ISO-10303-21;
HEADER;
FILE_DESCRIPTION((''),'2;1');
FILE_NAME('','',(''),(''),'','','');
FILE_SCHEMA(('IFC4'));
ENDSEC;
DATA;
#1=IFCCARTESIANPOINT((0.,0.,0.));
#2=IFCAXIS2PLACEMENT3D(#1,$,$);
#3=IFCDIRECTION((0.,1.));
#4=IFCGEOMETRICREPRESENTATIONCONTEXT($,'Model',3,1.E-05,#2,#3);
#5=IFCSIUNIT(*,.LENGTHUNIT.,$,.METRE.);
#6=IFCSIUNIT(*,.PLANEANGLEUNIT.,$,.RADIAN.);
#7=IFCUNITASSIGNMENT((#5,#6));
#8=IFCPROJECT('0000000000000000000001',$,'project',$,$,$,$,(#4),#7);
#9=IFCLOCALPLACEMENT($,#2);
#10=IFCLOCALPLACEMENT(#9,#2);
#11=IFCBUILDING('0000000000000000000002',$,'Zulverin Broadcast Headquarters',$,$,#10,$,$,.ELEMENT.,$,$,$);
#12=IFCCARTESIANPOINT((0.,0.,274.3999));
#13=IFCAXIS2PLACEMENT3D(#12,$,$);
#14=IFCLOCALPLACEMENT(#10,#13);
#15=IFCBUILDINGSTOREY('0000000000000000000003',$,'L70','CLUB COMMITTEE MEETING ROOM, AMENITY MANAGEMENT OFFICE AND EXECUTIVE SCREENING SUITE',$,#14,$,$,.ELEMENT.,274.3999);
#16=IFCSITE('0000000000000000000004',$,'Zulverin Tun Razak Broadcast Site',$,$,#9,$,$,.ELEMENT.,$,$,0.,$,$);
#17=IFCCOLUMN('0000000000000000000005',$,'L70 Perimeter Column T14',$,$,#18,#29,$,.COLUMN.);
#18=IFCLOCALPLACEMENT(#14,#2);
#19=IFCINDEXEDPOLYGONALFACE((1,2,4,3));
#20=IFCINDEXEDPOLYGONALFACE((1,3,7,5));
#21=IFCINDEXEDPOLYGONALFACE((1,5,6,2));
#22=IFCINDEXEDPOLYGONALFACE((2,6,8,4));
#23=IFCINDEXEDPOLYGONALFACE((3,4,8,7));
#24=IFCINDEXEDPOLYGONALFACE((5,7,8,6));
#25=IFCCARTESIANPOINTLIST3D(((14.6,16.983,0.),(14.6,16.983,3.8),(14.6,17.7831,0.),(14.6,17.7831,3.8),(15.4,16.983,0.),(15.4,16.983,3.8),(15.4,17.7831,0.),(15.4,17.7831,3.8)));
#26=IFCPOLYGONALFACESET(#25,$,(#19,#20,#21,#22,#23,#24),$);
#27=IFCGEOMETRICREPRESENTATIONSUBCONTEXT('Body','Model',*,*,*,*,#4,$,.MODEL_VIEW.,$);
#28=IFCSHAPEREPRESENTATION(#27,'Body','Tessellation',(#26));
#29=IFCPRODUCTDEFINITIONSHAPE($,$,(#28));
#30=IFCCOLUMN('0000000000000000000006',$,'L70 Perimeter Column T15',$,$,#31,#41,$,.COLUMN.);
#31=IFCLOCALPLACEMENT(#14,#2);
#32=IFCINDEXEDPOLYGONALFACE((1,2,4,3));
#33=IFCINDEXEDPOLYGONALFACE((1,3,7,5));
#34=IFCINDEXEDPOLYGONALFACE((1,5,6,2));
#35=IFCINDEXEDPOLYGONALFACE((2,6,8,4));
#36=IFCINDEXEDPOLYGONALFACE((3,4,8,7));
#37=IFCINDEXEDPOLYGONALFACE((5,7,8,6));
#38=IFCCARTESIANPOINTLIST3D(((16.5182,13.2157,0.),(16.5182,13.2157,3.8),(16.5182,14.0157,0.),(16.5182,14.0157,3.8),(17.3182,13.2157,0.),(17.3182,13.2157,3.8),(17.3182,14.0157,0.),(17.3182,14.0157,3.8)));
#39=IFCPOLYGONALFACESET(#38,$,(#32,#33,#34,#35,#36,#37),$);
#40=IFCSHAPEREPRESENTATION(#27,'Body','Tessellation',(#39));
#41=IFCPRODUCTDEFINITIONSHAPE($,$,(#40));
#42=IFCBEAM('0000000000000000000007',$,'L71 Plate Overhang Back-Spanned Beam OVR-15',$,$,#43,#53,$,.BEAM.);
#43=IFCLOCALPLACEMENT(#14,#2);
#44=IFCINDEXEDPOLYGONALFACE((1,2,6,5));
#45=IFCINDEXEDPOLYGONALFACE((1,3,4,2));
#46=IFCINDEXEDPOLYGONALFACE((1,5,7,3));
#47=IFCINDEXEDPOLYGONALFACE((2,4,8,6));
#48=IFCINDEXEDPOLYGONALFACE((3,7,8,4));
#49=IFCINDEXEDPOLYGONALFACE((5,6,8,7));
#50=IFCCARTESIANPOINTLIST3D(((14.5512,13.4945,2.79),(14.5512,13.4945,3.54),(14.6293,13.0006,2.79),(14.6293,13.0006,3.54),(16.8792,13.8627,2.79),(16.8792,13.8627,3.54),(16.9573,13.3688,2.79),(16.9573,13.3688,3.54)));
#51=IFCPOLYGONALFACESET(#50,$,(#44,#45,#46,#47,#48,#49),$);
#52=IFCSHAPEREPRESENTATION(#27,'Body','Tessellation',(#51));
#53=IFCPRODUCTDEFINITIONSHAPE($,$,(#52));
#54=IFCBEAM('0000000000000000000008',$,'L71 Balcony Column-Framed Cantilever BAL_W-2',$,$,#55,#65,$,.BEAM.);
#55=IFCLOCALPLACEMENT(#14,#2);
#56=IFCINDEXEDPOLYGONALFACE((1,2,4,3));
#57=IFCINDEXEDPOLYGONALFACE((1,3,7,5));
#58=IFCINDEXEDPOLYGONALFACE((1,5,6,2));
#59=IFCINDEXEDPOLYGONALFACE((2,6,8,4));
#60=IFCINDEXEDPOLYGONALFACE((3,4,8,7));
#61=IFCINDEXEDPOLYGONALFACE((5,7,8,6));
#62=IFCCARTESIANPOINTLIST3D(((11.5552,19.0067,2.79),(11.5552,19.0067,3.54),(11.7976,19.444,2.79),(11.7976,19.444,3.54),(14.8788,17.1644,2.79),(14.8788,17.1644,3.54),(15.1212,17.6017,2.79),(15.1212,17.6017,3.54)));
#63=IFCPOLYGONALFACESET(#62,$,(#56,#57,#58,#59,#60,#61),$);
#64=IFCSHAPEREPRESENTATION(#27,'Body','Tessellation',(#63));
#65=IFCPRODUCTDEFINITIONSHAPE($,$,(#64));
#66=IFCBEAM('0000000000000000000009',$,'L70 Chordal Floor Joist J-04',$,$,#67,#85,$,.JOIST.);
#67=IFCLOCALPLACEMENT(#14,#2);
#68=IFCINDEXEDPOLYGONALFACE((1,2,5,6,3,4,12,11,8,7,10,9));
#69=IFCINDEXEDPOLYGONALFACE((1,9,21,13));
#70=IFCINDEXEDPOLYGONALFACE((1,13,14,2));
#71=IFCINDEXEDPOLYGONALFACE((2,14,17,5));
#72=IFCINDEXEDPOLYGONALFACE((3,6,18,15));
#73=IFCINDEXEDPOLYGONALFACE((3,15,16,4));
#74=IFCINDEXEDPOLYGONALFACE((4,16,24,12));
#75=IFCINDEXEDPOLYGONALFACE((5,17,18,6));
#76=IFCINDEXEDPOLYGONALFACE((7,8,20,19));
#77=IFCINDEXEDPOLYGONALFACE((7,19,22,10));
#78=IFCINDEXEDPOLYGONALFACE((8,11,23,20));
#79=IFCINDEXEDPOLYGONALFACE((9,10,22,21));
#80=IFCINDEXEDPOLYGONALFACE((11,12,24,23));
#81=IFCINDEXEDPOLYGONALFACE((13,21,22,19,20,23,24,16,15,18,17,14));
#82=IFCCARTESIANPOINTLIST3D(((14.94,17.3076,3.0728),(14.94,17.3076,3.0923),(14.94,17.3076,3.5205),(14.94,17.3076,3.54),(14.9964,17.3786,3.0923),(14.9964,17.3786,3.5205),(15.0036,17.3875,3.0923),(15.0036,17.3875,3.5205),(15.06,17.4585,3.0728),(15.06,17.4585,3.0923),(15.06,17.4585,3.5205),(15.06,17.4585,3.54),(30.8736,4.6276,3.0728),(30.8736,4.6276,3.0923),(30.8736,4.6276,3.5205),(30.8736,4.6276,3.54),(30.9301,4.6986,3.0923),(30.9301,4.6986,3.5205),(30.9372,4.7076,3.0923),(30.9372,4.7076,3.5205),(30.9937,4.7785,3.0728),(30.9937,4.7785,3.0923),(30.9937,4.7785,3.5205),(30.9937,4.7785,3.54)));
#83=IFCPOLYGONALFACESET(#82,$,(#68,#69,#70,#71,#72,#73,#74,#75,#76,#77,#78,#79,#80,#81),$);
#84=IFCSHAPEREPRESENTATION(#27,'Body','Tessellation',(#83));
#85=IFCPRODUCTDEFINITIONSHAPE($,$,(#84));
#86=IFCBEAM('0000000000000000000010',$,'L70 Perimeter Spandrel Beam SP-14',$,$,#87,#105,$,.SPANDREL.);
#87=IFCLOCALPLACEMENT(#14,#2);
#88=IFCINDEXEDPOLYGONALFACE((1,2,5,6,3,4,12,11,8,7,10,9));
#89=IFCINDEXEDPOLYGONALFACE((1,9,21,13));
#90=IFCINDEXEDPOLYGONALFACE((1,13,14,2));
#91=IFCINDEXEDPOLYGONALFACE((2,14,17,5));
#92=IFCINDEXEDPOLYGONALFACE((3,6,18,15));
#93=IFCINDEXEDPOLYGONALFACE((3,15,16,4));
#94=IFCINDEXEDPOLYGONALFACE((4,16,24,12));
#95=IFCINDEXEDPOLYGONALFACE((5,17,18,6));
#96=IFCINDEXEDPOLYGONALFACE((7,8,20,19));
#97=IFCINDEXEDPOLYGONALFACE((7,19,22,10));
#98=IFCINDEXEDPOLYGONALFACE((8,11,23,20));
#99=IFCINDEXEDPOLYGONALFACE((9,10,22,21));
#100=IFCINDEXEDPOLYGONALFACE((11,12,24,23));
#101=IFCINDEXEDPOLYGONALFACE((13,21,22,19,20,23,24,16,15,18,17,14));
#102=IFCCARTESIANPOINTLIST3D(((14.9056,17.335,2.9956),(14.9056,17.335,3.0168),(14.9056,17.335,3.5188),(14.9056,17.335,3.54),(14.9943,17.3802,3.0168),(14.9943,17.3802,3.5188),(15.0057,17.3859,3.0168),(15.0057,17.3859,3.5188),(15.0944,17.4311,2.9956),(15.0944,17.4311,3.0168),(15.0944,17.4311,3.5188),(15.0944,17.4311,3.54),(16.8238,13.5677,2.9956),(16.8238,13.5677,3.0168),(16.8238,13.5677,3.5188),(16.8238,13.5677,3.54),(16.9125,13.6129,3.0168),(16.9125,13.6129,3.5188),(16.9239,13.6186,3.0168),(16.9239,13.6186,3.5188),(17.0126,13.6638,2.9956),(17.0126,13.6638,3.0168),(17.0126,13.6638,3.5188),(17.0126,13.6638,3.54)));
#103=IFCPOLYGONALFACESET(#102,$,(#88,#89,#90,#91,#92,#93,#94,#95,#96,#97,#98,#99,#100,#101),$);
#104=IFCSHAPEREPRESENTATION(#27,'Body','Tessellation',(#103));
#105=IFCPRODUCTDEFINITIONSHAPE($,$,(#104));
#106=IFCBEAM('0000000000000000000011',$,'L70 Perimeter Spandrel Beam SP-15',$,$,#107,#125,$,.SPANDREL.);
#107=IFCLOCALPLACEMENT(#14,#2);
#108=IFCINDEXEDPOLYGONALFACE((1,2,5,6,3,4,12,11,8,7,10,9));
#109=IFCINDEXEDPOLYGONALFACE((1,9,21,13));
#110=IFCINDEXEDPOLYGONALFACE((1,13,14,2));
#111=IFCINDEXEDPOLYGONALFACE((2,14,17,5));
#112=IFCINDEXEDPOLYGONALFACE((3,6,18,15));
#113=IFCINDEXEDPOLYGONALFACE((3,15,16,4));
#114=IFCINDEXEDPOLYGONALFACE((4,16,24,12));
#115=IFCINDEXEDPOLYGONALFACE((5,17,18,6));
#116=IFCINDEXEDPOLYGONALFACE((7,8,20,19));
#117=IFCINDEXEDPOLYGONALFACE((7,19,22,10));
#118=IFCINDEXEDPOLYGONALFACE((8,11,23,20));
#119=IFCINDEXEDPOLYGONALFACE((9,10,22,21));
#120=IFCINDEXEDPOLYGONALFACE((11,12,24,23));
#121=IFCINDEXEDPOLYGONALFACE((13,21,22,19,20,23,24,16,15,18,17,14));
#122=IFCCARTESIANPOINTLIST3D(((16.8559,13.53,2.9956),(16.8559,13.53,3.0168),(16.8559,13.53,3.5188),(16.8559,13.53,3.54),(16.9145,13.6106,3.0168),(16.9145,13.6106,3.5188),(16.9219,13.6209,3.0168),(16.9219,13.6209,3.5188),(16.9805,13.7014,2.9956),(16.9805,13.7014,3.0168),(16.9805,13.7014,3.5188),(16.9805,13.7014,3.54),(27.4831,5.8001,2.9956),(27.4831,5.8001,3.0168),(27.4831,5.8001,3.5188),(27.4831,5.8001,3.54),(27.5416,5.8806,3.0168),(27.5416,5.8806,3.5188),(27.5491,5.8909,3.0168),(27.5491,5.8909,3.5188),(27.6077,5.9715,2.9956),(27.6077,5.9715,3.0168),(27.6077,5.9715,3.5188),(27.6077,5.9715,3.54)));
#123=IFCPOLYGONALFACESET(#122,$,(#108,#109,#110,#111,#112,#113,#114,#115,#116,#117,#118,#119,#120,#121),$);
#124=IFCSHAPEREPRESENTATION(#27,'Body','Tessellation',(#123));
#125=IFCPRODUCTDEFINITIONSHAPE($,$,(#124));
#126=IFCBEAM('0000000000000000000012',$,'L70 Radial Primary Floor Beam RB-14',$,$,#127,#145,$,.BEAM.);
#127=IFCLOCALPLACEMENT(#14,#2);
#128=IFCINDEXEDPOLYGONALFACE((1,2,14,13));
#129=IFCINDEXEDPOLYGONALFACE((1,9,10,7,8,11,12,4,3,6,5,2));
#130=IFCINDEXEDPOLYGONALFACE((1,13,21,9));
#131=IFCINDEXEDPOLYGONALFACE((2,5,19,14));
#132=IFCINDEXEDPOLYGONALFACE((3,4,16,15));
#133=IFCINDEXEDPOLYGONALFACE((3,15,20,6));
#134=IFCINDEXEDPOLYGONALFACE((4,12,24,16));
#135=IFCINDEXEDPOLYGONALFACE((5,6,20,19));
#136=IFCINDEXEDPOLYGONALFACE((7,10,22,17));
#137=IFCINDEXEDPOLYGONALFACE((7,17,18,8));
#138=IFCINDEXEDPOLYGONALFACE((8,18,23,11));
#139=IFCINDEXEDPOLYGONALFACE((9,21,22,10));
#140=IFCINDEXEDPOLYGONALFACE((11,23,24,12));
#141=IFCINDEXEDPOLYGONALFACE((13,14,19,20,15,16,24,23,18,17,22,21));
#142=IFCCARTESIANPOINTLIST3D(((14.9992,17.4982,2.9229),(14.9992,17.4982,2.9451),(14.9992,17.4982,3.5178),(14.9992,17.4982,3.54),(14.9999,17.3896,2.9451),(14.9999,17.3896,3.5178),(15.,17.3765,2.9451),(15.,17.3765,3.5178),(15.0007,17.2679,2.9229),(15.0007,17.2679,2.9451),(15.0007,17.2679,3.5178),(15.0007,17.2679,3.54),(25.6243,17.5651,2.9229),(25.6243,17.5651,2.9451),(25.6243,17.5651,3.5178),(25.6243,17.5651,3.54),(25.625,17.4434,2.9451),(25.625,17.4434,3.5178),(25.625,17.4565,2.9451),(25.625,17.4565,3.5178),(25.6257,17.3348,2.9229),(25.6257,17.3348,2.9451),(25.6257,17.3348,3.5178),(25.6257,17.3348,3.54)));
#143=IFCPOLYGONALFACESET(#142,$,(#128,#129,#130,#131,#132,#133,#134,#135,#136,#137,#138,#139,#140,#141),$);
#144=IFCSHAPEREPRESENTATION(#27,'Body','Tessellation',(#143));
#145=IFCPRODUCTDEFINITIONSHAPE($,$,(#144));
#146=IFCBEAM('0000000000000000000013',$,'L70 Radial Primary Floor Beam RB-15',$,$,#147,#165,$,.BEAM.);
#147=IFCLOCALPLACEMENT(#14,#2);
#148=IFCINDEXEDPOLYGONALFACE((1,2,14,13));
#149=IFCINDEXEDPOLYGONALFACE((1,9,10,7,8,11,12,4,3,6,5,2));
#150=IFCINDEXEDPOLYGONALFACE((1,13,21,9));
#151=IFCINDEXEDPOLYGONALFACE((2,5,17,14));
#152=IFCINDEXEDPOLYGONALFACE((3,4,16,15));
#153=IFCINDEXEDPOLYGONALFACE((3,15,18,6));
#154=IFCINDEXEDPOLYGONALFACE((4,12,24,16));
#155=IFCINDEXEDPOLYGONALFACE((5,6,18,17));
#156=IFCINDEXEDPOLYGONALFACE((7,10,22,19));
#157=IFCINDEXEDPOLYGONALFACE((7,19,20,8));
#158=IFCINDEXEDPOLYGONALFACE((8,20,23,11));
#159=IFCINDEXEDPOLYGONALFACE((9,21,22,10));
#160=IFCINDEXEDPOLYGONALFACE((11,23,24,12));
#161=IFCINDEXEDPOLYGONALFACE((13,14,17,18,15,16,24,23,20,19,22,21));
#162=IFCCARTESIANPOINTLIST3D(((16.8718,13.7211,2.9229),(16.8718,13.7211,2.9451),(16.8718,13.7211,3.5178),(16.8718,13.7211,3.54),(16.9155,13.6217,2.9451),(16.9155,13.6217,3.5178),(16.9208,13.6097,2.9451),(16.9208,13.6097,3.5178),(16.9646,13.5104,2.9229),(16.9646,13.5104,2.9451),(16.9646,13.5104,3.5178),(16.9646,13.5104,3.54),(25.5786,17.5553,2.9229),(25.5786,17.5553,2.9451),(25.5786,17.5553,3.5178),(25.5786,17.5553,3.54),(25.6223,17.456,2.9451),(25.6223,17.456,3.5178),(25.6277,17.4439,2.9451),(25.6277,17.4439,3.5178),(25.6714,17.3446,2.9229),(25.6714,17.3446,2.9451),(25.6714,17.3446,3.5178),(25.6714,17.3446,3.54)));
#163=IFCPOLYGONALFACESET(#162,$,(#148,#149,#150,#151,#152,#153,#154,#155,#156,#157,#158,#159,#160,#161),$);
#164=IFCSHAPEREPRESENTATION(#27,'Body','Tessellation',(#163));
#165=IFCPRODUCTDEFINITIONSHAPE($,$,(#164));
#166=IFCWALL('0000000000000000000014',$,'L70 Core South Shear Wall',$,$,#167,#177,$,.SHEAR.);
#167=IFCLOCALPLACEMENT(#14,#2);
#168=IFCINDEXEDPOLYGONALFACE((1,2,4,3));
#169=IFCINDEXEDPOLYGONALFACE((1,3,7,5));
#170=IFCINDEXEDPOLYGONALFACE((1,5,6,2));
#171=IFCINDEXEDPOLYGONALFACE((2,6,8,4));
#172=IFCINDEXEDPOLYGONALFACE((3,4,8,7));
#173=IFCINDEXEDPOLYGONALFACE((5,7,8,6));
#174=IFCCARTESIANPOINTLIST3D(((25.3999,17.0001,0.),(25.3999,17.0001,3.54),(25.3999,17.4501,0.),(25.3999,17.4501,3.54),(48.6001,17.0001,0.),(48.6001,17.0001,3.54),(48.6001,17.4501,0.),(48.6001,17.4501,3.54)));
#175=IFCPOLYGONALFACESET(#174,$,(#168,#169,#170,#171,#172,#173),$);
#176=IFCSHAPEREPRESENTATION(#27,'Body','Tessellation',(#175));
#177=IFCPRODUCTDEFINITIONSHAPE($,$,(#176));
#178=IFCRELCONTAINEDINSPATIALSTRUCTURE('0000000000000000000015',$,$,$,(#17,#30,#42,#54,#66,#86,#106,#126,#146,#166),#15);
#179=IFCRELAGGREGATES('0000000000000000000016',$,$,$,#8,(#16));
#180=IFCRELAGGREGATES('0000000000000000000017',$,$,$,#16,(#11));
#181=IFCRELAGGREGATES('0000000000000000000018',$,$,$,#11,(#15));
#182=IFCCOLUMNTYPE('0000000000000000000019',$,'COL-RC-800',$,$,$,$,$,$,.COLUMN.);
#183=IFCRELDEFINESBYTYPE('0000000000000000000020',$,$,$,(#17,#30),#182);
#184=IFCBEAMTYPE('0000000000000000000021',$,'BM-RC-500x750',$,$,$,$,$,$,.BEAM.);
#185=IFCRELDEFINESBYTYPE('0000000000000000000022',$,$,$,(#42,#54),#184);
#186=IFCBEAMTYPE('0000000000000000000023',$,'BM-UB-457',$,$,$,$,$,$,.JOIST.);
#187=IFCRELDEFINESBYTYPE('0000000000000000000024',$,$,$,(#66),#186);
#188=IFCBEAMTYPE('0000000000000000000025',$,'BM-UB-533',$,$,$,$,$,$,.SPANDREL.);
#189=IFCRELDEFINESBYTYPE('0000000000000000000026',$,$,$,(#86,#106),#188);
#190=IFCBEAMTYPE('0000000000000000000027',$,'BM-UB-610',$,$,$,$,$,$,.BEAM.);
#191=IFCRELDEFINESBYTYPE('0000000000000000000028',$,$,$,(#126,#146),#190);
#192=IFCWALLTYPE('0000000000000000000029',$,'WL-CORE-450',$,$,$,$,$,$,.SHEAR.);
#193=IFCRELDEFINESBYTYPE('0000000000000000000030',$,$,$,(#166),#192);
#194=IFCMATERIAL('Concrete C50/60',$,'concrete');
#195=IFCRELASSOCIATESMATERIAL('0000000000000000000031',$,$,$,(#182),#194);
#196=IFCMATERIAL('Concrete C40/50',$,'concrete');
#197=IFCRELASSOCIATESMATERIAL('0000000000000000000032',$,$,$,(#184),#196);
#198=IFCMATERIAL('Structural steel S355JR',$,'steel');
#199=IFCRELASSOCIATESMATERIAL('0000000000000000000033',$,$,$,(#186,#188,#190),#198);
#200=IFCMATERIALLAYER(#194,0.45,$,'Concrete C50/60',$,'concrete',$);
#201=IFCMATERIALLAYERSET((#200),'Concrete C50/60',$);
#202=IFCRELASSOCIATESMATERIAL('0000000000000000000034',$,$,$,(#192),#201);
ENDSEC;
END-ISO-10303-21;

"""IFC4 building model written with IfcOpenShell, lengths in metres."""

from ifc_helpers import new_model, si_unit, direction, frame, frame_2d, origin, origin_2d, place, context, subcontext, project, spatial, rectangle, i_section, extrude, material, layer, layer_set, material_profile, profile_set, type_object, element, save


model = new_model("IFC4")

# Units and contexts
model_context = context("Model", 3, precision=1e-05, world=origin(), true_north=direction((0.0, 1.0)))
body_context = subcontext(model_context, "Body", "Model", "MODEL_VIEW")
ifc_project = project(units=[si_unit("LENGTHUNIT", "METRE"), si_unit("PLANEANGLEUNIT", "RADIAN")], contexts=[model_context])

# Site, building, storey
site_placement = place(None, origin())
site = spatial("IfcSite", under=ifc_project, at=site_placement, Name="Zulverin Tun Razak Broadcast Site", CompositionType="ELEMENT", RefElevation=0.0)
building_placement = place(site_placement, origin())
building = spatial("IfcBuilding", under=site, at=building_placement, Name="Zulverin Broadcast Headquarters", CompositionType="ELEMENT")
storey_placement = place(building_placement, frame((0.0, 0.0, 274.3999)))
storey = spatial("IfcBuildingStorey", under=building, at=storey_placement, Name="L70", Description="CLUB COMMITTEE MEETING ROOM, AMENITY MANAGEMENT OFFICE AND EXECUTIVE SCREENING SUITE", CompositionType="ELEMENT", Elevation=274.3999)

# Columns
ifc_material_1 = material(Name="Concrete C50/60", Category="concrete")
ifc_material_profile_1 = material_profile(ifc_material_1, rectangle(XDim=0.8, YDim=0.8, at=origin_2d()), Name="Concrete C50/60", Category="concrete")
ifc_profile_set_1 = profile_set([ifc_material_profile_1], Name="Concrete C50/60")
column_type = type_object("IfcColumnType", Name="COL-RC-800", PredefinedType="COLUMN", material=ifc_profile_set_1)
for number, where, z_axis, x_axis, name in (
    (1, (15.0, 17.3831, 0.0), (0.0, 0.0, 1.0), (1.0, 0.0, 0.0), "L70 Perimeter Column T14"),
    (2, (16.9182, 13.6157, 0.0), (0.0, 0.0, 1.0), (1.0, 0.0, 0.0), "L70 Perimeter Column T15"),
):
    element("IfcColumn", number, at=place(storey_placement, frame(where, z_axis=z_axis, x_axis=x_axis)), inside=storey, type_object=column_type, Name=name, PredefinedType="COLUMN", context=body_context, shape_type="SweptSolid", body=[
        extrude(rectangle(XDim=0.8, YDim=0.8, at=origin_2d()), origin(), (0.0, 0.0, 1.0), 3.8),
    ])

# Beams
ifc_material_2 = material(Name="Concrete C40/50", Category="concrete")
ifc_material_profile_2 = material_profile(ifc_material_2, rectangle(XDim=0.5, YDim=0.75, at=origin_2d()), Name="Concrete C40/50", Category="concrete")
ifc_profile_set_2 = profile_set([ifc_material_profile_2], Name="Concrete C40/50")
beam_type_1 = type_object("IfcBeamType", Name="BM-RC-500x750", PredefinedType="BEAM", material=ifc_profile_set_2)
beam_1_placement = place(storey_placement, frame((16.9182, 13.6157, 3.165), z_axis=(-0.987723, -0.156213, 0.0), x_axis=(0.156213, -0.987723, 0.0)))
element("IfcBeam", 3, at=beam_1_placement, inside=storey, type_object=beam_type_1, Name="L71 Plate Overhang Back-Spanned Beam OVR-15", PredefinedType="BEAM", context=body_context, shape_type="SweptSolid", body=[
    extrude(rectangle(XDim=0.5, YDim=0.75, at=origin_2d()), origin(), (0.0, 0.0, 1.0), 2.3569),
])
beam_2_placement = place(storey_placement, frame((15.0, 17.3831, 3.165), z_axis=(-0.874615, 0.484819, 0.0), x_axis=(-0.484819, -0.874615, 0.0)))
element("IfcBeam", 4, at=beam_2_placement, inside=storey, type_object=beam_type_1, Name="L71 Balcony Column-Framed Cantilever BAL_W-2", PredefinedType="BEAM", context=body_context, shape_type="SweptSolid", body=[
    extrude(rectangle(XDim=0.5, YDim=0.75, at=origin_2d()), origin(), (0.0, 0.0, 1.0), 3.8),
])
ifc_material_3 = material(Name="Structural steel S355JR", Category="steel")
ifc_material_profile_3 = material_profile(ifc_material_3, i_section(OverallWidth=0.1929, OverallDepth=0.4673, WebThickness=0.0115, FlangeThickness=0.0195, at=origin_2d()), Name="Structural steel S355JR", Category="steel")
ifc_profile_set_3 = profile_set([ifc_material_profile_3], Name="Structural steel S355JR")
beam_type_2 = type_object("IfcBeamType", Name="BM-UB-457", PredefinedType="JOIST", material=ifc_profile_set_3)
beam_3_placement = place(storey_placement, frame((15.0, 17.3831, 3.3064), z_axis=(0.78247, -0.622688, 0.0), x_axis=(0.622688, 0.78247, 0.0)))
element("IfcBeam", 5, at=beam_3_placement, inside=storey, type_object=beam_type_2, Name="L70 Chordal Floor Joist J-04", PredefinedType="JOIST", context=body_context, shape_type="SweptSolid", body=[
    extrude(i_section(OverallWidth=0.1929, OverallDepth=0.4673, WebThickness=0.0115, FlangeThickness=0.0195, at=origin_2d()), origin(), (0.0, 0.0, 1.0), 20.3633),
])
ifc_material_profile_4 = material_profile(ifc_material_3, i_section(OverallWidth=0.2119, OverallDepth=0.5444, WebThickness=0.0127, FlangeThickness=0.0212, at=origin_2d()), Name="Structural steel S355JR", Category="steel")
ifc_profile_set_4 = profile_set([ifc_material_profile_4], Name="Structural steel S355JR")
beam_type_3 = type_object("IfcBeamType", Name="BM-UB-533", PredefinedType="SPANDREL", material=ifc_profile_set_4)
beam_4_placement = place(storey_placement, frame((15.0, 17.3831, 3.2678), z_axis=(0.453739, -0.891135, 0.0), x_axis=(0.891135, 0.453739, 0.0)))
element("IfcBeam", 6, at=beam_4_placement, inside=storey, type_object=beam_type_3, Name="L70 Perimeter Spandrel Beam SP-14", PredefinedType="SPANDREL", context=body_context, shape_type="SweptSolid", body=[
    extrude(i_section(OverallWidth=0.2119, OverallDepth=0.5444, WebThickness=0.0127, FlangeThickness=0.0212, at=origin_2d()), origin(), (0.0, 0.0, 1.0), 4.2275),
])
beam_5_placement = place(storey_placement, frame((16.9182, 13.6157, 3.2678), z_axis=(0.808696, -0.588227, 0.0), x_axis=(0.588227, 0.808696, 0.0)))
element("IfcBeam", 7, at=beam_5_placement, inside=storey, type_object=beam_type_3, Name="L70 Perimeter Spandrel Beam SP-15", PredefinedType="SPANDREL", context=body_context, shape_type="SweptSolid", body=[
    extrude(i_section(OverallWidth=0.2119, OverallDepth=0.5444, WebThickness=0.0127, FlangeThickness=0.0212, at=origin_2d()), origin(), (0.0, 0.0, 1.0), 13.1411),
])
ifc_material_profile_5 = material_profile(ifc_material_3, i_section(OverallWidth=0.2302, OverallDepth=0.6172, WebThickness=0.0132, FlangeThickness=0.0222, at=origin_2d()), Name="Structural steel S355JR", Category="steel")
ifc_profile_set_5 = profile_set([ifc_material_profile_5], Name="Structural steel S355JR")
beam_type_4 = type_object("IfcBeamType", Name="BM-UB-610", PredefinedType="BEAM", material=ifc_profile_set_5)
beam_6_placement = place(storey_placement, frame((25.625, 17.45, 3.2314), z_axis=(-0.99998, -0.006296, 0.0), x_axis=(0.006296, -0.99998, 0.0)))
element("IfcBeam", 8, at=beam_6_placement, inside=storey, type_object=beam_type_4, Name="L70 Radial Primary Floor Beam RB-14", PredefinedType="BEAM", context=body_context, shape_type="SweptSolid", body=[
    extrude(i_section(OverallWidth=0.2302, OverallDepth=0.6172, WebThickness=0.0132, FlangeThickness=0.0222, at=origin_2d()), origin(), (0.0, 0.0, 1.0), 10.6252),
])
beam_7_placement = place(storey_placement, frame((25.625, 17.45, 3.2314), z_axis=(-0.915189, -0.403024, 0.0), x_axis=(0.403024, -0.915189, 0.0)))
element("IfcBeam", 9, at=beam_7_placement, inside=storey, type_object=beam_type_4, Name="L70 Radial Primary Floor Beam RB-15", PredefinedType="BEAM", context=body_context, shape_type="SweptSolid", body=[
    extrude(i_section(OverallWidth=0.2302, OverallDepth=0.6172, WebThickness=0.0132, FlangeThickness=0.0222, at=origin_2d()), origin(), (0.0, 0.0, 1.0), 9.5137),
])

# Wall
ifc_layer_1 = layer(ifc_material_1, 0.45, Name="Concrete C50/60", Category="concrete")
ifc_layer_set_1 = layer_set([ifc_layer_1], Name="Concrete C50/60")
wall_type_1 = type_object("IfcWallType", Name="WL-CORE-450", PredefinedType="SHEAR", material=ifc_layer_set_1)
wall_1_placement = place(storey_placement, frame((25.3999, 17.2251, 0.0), z_axis=(0.0, 0.0, 1.0), x_axis=(1.0, 0.0, 0.0)))
element("IfcWall", 10, at=wall_1_placement, inside=storey, type_object=wall_type_1, Name="L70 Core South Shear Wall", PredefinedType="SHEAR", context=body_context, shape_type="SweptSolid", body=[
    extrude(rectangle(XDim=23.2002, YDim=0.45, at=frame_2d((11.6001, 0.0))), origin(), (0.0, 0.0, 1.0), 3.54),
])

save(model, "model.ifc")
